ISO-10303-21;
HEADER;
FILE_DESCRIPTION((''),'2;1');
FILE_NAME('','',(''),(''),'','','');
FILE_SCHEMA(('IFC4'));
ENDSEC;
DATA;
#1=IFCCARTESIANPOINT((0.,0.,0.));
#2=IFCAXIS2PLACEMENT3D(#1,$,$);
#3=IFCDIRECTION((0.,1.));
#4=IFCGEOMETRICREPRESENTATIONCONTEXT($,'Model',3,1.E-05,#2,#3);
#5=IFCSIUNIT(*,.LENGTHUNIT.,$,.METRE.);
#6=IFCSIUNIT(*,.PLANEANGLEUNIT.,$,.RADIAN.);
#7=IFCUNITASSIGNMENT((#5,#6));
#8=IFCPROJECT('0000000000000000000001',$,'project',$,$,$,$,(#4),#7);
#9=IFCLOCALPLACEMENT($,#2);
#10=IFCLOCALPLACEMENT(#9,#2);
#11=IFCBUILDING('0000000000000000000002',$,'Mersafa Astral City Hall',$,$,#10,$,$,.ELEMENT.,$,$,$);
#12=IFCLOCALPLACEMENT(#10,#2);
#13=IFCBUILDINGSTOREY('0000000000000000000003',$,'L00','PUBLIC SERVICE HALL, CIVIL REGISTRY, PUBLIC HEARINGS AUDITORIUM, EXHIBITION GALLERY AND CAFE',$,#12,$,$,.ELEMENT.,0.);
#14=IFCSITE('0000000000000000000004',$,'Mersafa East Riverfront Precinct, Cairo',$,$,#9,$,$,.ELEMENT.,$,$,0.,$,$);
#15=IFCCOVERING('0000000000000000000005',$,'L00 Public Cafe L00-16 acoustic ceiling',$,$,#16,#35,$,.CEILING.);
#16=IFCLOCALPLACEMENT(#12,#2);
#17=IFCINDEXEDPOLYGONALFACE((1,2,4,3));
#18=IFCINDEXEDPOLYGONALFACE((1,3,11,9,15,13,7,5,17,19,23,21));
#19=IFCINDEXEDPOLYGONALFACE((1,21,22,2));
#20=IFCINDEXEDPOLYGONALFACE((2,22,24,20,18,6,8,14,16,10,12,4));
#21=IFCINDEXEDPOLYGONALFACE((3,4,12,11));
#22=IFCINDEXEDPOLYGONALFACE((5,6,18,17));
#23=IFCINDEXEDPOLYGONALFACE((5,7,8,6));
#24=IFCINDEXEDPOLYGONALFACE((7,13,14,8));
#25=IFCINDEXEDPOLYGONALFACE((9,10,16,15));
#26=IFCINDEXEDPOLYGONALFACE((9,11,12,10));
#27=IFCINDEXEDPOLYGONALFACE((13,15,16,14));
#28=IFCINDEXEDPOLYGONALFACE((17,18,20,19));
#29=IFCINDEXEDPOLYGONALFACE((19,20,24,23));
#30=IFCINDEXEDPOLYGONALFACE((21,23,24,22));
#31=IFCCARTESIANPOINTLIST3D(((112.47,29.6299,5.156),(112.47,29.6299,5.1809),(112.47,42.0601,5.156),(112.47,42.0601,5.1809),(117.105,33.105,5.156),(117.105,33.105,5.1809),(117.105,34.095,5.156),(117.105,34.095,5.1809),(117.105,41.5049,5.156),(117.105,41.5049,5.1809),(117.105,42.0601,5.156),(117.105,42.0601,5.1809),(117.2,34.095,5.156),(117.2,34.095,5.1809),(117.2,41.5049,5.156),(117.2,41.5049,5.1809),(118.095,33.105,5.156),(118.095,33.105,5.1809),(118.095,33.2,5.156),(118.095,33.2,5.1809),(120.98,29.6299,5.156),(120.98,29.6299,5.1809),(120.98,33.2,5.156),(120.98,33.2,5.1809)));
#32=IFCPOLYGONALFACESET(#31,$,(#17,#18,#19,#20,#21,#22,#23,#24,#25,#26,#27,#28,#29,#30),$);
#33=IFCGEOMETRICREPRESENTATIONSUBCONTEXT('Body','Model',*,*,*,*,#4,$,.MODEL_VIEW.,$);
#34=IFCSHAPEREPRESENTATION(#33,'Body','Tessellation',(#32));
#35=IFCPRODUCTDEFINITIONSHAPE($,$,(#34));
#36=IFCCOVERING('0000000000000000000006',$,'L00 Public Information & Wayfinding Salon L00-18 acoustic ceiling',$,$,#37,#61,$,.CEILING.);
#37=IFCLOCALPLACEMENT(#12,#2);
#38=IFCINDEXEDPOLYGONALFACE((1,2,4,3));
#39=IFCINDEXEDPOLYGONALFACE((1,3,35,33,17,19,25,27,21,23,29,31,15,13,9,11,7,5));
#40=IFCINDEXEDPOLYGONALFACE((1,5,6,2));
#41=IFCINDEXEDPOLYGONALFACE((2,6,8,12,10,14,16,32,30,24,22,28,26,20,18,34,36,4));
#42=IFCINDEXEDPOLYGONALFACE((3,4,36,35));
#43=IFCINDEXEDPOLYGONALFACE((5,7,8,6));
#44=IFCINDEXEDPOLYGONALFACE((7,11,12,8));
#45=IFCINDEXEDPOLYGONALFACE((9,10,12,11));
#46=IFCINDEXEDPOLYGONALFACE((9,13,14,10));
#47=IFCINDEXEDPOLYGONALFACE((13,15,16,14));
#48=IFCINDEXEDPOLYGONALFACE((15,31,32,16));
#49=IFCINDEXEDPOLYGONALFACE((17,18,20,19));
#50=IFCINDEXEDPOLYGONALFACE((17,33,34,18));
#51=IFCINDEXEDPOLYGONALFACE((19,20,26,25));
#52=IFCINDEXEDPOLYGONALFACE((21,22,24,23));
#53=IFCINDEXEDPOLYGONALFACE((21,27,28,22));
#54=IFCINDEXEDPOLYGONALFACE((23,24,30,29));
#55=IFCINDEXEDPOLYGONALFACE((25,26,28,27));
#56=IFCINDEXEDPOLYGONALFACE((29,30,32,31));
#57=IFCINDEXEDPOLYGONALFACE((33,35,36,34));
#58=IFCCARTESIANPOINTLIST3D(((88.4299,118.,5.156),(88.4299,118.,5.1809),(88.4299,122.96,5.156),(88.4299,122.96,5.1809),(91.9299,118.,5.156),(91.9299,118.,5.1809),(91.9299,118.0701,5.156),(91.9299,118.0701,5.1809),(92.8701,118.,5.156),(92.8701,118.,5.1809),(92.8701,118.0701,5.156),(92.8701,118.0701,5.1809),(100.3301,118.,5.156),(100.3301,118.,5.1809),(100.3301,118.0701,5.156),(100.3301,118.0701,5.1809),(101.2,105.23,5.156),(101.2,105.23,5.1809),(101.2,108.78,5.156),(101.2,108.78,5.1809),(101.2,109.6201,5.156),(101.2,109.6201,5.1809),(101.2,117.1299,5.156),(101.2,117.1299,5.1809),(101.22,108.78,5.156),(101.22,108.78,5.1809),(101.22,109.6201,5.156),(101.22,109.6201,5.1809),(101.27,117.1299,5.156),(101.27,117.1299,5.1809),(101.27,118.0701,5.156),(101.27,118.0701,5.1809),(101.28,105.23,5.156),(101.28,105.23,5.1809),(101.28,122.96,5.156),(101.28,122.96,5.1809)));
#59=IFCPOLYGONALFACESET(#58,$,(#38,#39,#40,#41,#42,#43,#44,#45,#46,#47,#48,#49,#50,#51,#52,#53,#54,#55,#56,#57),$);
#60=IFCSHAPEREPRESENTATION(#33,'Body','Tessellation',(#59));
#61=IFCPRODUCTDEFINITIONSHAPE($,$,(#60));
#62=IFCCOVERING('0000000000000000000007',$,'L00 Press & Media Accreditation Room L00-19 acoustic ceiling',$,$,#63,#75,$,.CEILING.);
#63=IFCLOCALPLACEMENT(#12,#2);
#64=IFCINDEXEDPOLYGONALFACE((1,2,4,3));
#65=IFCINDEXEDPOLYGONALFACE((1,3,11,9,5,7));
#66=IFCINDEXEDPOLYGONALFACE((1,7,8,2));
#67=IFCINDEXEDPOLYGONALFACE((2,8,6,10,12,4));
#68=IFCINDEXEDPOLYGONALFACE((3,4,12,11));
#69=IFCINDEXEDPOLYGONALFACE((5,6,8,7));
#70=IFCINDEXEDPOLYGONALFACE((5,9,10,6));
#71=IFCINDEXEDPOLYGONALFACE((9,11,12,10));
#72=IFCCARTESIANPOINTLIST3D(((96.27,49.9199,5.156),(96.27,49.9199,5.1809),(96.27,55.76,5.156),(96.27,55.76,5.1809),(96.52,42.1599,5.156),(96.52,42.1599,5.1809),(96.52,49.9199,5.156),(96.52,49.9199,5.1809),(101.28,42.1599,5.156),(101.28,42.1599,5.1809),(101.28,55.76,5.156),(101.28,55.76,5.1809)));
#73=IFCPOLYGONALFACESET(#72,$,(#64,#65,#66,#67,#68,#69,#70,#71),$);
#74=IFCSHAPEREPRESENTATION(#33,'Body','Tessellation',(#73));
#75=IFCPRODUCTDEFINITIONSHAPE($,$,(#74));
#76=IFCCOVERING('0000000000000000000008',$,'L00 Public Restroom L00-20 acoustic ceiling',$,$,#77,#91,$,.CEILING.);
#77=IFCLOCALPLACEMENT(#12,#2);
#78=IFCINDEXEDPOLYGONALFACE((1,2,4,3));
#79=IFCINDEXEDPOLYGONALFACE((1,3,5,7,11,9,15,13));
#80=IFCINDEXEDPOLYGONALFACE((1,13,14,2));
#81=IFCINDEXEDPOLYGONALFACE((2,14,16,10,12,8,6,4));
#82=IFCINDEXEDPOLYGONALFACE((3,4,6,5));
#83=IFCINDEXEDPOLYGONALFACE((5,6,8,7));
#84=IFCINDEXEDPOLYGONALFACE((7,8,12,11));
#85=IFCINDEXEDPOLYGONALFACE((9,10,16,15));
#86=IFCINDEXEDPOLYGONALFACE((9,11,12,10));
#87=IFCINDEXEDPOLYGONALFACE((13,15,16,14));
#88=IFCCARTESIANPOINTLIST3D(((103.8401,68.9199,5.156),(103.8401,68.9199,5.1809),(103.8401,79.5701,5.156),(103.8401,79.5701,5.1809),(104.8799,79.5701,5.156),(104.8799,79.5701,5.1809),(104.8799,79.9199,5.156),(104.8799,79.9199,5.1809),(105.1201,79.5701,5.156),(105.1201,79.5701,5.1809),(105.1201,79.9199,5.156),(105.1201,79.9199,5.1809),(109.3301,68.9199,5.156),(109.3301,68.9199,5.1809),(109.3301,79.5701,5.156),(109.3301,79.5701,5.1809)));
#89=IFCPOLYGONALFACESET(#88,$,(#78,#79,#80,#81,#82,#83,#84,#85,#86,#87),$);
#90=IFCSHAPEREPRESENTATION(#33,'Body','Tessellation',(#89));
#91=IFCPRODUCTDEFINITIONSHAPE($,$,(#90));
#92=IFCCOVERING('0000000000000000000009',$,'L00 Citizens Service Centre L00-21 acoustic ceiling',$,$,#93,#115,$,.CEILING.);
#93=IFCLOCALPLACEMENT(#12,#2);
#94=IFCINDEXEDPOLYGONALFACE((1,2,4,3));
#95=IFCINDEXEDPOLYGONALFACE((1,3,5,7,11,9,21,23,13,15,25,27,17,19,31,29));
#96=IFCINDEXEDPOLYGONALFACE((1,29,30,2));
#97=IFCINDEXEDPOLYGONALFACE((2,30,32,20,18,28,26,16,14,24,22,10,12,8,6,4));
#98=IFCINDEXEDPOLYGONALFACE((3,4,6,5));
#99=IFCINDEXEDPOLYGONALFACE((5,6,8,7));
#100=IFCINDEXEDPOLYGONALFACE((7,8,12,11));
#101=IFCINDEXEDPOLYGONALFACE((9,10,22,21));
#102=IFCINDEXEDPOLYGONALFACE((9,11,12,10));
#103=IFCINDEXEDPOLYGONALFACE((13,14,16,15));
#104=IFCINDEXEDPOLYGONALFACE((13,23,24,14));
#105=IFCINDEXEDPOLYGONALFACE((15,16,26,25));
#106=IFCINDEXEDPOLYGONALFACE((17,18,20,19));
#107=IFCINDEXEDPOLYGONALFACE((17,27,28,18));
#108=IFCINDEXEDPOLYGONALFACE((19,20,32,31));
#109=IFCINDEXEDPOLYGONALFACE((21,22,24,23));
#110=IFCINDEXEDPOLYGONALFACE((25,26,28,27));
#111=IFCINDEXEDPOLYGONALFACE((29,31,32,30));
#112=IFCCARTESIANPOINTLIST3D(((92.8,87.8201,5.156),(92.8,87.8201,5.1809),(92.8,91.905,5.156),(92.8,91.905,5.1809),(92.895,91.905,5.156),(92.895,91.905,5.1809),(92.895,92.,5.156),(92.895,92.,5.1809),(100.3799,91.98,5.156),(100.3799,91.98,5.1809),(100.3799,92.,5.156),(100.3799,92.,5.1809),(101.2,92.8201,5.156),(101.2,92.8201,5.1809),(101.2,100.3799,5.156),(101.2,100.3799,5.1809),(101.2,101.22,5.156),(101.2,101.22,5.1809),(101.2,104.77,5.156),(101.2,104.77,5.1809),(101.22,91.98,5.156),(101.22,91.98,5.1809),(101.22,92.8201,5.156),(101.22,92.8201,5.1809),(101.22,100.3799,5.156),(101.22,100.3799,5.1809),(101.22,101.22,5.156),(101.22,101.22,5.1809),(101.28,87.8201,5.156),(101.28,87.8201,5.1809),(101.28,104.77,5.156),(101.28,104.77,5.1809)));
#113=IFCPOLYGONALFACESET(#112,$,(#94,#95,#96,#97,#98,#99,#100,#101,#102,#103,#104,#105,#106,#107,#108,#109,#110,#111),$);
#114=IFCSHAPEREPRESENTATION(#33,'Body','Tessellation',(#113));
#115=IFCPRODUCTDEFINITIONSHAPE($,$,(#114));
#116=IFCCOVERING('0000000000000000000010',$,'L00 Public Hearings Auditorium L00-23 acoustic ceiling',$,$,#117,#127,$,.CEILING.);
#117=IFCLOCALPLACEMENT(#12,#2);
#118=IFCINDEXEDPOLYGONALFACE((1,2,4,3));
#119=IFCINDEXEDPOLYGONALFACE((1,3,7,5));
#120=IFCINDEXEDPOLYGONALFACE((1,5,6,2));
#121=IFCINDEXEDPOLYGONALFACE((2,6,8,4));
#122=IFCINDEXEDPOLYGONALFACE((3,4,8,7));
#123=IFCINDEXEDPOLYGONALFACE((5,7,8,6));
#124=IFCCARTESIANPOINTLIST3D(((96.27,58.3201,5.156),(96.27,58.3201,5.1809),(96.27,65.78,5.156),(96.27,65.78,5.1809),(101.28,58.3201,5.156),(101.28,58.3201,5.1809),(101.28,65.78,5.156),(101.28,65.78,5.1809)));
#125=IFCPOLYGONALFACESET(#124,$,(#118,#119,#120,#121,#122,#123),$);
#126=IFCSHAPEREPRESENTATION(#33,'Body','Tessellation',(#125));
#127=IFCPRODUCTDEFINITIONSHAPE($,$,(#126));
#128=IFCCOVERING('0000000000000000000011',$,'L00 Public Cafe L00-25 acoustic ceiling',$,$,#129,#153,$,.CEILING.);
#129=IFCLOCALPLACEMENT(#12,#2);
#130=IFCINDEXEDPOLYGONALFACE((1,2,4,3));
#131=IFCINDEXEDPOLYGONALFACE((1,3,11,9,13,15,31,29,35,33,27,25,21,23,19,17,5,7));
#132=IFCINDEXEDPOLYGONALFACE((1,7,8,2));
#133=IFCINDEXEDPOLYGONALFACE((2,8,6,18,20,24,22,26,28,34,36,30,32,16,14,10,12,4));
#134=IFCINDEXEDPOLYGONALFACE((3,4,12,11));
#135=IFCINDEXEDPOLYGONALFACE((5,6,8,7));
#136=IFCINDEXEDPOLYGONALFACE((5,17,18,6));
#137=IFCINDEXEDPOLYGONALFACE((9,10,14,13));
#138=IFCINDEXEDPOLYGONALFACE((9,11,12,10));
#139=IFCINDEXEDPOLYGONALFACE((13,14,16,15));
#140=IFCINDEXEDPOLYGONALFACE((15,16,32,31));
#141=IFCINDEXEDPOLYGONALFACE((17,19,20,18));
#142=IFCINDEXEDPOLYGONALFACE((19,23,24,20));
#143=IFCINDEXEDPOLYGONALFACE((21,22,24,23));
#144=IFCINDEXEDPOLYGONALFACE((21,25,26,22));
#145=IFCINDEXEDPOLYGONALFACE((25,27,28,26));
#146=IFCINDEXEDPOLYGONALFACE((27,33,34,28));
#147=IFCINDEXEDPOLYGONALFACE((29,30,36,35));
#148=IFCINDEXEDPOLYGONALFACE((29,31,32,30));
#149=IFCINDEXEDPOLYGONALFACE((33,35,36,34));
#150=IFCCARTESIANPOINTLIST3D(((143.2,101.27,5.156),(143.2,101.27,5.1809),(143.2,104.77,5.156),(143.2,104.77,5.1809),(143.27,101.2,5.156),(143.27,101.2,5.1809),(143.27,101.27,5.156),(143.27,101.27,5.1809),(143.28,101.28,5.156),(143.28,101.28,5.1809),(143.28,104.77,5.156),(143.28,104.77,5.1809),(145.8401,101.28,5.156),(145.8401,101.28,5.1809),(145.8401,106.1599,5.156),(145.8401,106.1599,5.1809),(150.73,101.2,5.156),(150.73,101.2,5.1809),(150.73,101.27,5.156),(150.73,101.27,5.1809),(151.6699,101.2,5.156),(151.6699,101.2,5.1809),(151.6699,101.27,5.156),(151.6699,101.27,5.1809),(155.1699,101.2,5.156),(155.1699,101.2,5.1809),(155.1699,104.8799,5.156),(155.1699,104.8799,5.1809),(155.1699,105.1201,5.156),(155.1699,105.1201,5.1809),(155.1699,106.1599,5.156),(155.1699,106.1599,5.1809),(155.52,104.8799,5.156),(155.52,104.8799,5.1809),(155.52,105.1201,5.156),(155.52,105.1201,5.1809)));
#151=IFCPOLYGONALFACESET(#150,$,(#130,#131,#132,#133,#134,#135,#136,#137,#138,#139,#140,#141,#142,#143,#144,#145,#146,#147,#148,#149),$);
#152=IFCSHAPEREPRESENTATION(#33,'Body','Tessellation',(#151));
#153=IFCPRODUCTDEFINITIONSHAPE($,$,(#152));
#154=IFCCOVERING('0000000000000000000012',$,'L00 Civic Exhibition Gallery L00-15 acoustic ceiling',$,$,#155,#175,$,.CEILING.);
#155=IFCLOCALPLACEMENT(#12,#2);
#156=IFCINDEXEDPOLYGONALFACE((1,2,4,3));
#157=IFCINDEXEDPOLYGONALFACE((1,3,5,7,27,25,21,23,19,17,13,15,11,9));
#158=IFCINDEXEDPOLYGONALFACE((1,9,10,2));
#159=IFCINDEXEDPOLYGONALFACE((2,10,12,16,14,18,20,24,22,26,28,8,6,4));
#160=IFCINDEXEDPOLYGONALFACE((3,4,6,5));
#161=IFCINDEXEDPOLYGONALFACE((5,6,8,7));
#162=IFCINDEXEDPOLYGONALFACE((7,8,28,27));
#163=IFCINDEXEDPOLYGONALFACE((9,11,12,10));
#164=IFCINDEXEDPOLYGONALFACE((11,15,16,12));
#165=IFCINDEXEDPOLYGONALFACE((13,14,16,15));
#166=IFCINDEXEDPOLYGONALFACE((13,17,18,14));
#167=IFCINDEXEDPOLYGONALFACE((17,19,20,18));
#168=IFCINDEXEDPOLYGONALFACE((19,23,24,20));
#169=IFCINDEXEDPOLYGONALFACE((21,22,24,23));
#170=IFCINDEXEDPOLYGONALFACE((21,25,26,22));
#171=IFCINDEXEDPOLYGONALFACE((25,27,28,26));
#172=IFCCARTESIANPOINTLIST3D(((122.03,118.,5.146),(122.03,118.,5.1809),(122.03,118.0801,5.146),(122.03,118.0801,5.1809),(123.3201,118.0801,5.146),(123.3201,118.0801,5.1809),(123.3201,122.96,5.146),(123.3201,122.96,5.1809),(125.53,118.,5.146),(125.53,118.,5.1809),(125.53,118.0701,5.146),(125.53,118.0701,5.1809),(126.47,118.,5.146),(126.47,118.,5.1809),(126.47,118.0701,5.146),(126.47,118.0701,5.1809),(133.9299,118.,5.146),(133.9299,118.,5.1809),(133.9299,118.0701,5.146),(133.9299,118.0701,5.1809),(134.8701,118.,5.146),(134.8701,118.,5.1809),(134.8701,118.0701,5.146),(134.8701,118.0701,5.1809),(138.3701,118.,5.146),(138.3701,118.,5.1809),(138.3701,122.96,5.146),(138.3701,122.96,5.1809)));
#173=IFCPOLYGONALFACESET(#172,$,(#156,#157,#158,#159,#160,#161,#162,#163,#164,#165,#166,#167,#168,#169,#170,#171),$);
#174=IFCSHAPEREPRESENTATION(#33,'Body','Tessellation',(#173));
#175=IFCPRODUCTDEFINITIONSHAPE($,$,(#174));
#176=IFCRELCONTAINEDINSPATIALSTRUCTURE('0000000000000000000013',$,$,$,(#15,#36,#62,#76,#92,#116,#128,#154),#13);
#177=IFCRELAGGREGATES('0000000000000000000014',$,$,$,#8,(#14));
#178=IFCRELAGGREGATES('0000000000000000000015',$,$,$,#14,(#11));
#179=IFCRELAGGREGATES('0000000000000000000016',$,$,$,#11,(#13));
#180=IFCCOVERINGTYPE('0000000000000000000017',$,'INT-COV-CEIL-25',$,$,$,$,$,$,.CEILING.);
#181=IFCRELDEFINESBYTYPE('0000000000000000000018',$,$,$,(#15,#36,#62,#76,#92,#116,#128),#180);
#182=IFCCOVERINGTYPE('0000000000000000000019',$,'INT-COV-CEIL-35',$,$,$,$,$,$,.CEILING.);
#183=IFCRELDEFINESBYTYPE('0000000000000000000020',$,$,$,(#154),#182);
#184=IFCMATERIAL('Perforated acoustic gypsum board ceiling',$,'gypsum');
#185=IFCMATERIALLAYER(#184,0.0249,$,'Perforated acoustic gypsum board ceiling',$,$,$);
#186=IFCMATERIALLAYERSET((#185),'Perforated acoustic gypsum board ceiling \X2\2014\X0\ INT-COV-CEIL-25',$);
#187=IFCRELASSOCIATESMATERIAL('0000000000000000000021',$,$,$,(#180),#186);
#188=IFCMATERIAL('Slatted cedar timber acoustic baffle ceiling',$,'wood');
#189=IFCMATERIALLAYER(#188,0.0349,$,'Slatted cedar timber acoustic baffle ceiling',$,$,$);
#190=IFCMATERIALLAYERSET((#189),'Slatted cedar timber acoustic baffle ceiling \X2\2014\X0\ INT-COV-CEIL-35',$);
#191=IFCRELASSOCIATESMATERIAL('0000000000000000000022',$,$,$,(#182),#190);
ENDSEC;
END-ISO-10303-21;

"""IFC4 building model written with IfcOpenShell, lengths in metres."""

from ifc_helpers import new_model, si_unit, direction, frame, origin, place, context, subcontext, project, spatial, polyline, outline, extrude, material, layer, layer_set, type_object, element, save


model = new_model("IFC4")

# Units and contexts
model_context = context("Model", 3, precision=1e-05, world=origin(), true_north=direction((0.0, 1.0)))
body_context = subcontext(model_context, "Body", "Model", "MODEL_VIEW")
ifc_project = project(units=[si_unit("LENGTHUNIT", "METRE"), si_unit("PLANEANGLEUNIT", "RADIAN")], contexts=[model_context])

# Site, building, storey
site_placement = place(None, origin())
site = spatial("IfcSite", under=ifc_project, at=site_placement, Name="Mersafa East Riverfront Precinct, Cairo", CompositionType="ELEMENT", RefElevation=0.0)
building_placement = place(site_placement, origin())
building = spatial("IfcBuilding", under=site, at=building_placement, Name="Mersafa Astral City Hall", CompositionType="ELEMENT")
storey_placement = place(building_placement, origin())
storey = spatial("IfcBuildingStorey", under=building, at=storey_placement, Name="L00", Description="PUBLIC SERVICE HALL, CIVIL REGISTRY, PUBLIC HEARINGS AUDITORIUM, EXHIBITION GALLERY AND CAFE", CompositionType="ELEMENT", Elevation=0.0)

# Coverings
ifc_material_1 = material(Name="Perforated acoustic gypsum board ceiling", Category="gypsum")
ifc_layer_1 = layer(ifc_material_1, 0.0249, Name="Perforated acoustic gypsum board ceiling")
ifc_layer_set_1 = layer_set([ifc_layer_1], Name="Perforated acoustic gypsum board ceiling — INT-COV-CEIL-25")
covering_type_1 = type_object("IfcCoveringType", Name="INT-COV-CEIL-25", PredefinedType="CEILING", material=ifc_layer_set_1)
covering_1_placement = place(storey_placement, frame((0.0, 0.0, 5.156)))
element("IfcCovering", 1, at=covering_1_placement, inside=storey, type_object=covering_type_1, Name="L00 Public Cafe L00-16 acoustic ceiling", PredefinedType="CEILING", context=body_context, shape_type="SweptSolid", body=[
    extrude(outline(polyline([(117.105, 42.0601), (117.105, 41.5049), (117.2, 41.5049), (117.2, 34.095), (117.105, 34.095), (117.105, 33.105), (118.095, 33.105), (118.095, 33.2), (120.98, 33.2), (120.98, 29.6299), (112.47, 29.6299), (112.47, 42.0601), (117.105, 42.0601)])), origin(), (0.0, 0.0, 1.0), 0.0249),
])
covering_2_placement = place(storey_placement, frame((0.0, 0.0, 5.156)))
element("IfcCovering", 2, at=covering_2_placement, inside=storey, type_object=covering_type_1, Name="L00 Public Information & Wayfinding Salon L00-18 acoustic ceiling", PredefinedType="CEILING", context=body_context, shape_type="SweptSolid", body=[
    extrude(outline(polyline([(88.4299, 118.0), (88.4299, 122.96), (101.28, 122.96), (101.28, 105.23), (101.2, 105.23), (101.2, 108.78), (101.22, 108.78), (101.22, 109.6201), (101.2, 109.6201), (101.2, 117.1299), (101.27, 117.1299), (101.27, 118.0701), (100.3301, 118.0701), (100.3301, 118.0), (92.8701, 118.0), (92.8701, 118.0701), (91.9299, 118.0701), (91.9299, 118.0), (88.4299, 118.0)])), origin(), (0.0, 0.0, 1.0), 0.0249),
])
covering_3_placement = place(storey_placement, frame((0.0, 0.0, 5.156)))
element("IfcCovering", 3, at=covering_3_placement, inside=storey, type_object=covering_type_1, Name="L00 Press & Media Accreditation Room L00-19 acoustic ceiling", PredefinedType="CEILING", context=body_context, shape_type="SweptSolid", body=[
    extrude(outline(polyline([(101.28, 42.1599), (96.52, 42.1599), (96.52, 49.9199), (96.27, 49.9199), (96.27, 55.76), (101.28, 55.76), (101.28, 42.1599)])), origin(), (0.0, 0.0, 1.0), 0.0249),
])
covering_4_placement = place(storey_placement, frame((0.0, 0.0, 5.156)))
element("IfcCovering", 4, at=covering_4_placement, inside=storey, type_object=covering_type_1, Name="L00 Public Restroom L00-20 acoustic ceiling", PredefinedType="CEILING", context=body_context, shape_type="SweptSolid", body=[
    extrude(outline(polyline([(105.1201, 79.5701), (109.3301, 79.5701), (109.3301, 68.9199), (103.8401, 68.9199), (103.8401, 79.5701), (104.8799, 79.5701), (104.8799, 79.9199), (105.1201, 79.9199), (105.1201, 79.5701)])), origin(), (0.0, 0.0, 1.0), 0.0249),
])
covering_5_placement = place(storey_placement, frame((0.0, 0.0, 5.156)))
element("IfcCovering", 5, at=covering_5_placement, inside=storey, type_object=covering_type_1, Name="L00 Citizens Service Centre L00-21 acoustic ceiling", PredefinedType="CEILING", context=body_context, shape_type="SweptSolid", body=[
    extrude(outline(polyline([(92.895, 91.905), (92.895, 92.0), (100.3799, 92.0), (100.3799, 91.98), (101.22, 91.98), (101.22, 92.8201), (101.2, 92.8201), (101.2, 100.3799), (101.22, 100.3799), (101.22, 101.22), (101.2, 101.22), (101.2, 104.77), (101.28, 104.77), (101.28, 87.8201), (92.8, 87.8201), (92.8, 91.905), (92.895, 91.905)])), origin(), (0.0, 0.0, 1.0), 0.0249),
])
covering_6_placement = place(storey_placement, frame((0.0, 0.0, 5.156)))
element("IfcCovering", 6, at=covering_6_placement, inside=storey, type_object=covering_type_1, Name="L00 Public Hearings Auditorium L00-23 acoustic ceiling", PredefinedType="CEILING", context=body_context, shape_type="SweptSolid", body=[
    extrude(outline(polyline([(96.27, 65.78), (101.28, 65.78), (101.28, 58.3201), (96.27, 58.3201), (96.27, 65.78)])), origin(), (0.0, 0.0, 1.0), 0.0249),
])
covering_7_placement = place(storey_placement, frame((0.0, 0.0, 5.156)))
element("IfcCovering", 7, at=covering_7_placement, inside=storey, type_object=covering_type_1, Name="L00 Public Cafe L00-25 acoustic ceiling", PredefinedType="CEILING", context=body_context, shape_type="SweptSolid", body=[
    extrude(outline(polyline([(143.27, 101.27), (143.2, 101.27), (143.2, 104.77), (143.28, 104.77), (143.28, 101.28), (145.8401, 101.28), (145.8401, 106.1599), (155.1699, 106.1599), (155.1699, 105.1201), (155.52, 105.1201), (155.52, 104.8799), (155.1699, 104.8799), (155.1699, 101.2), (151.6699, 101.2), (151.6699, 101.27), (150.73, 101.27), (150.73, 101.2), (143.27, 101.2), (143.27, 101.27)])), origin(), (0.0, 0.0, 1.0), 0.0249),
])
ifc_material_2 = material(Name="Slatted cedar timber acoustic baffle ceiling", Category="wood")
ifc_layer_2 = layer(ifc_material_2, 0.0349, Name="Slatted cedar timber acoustic baffle ceiling")
ifc_layer_set_2 = layer_set([ifc_layer_2], Name="Slatted cedar timber acoustic baffle ceiling — INT-COV-CEIL-35")
covering_type_2 = type_object("IfcCoveringType", Name="INT-COV-CEIL-35", PredefinedType="CEILING", material=ifc_layer_set_2)
covering_8_placement = place(storey_placement, frame((0.0, 0.0, 5.146)))
element("IfcCovering", 8, at=covering_8_placement, inside=storey, type_object=covering_type_2, Name="L00 Civic Exhibition Gallery L00-15 acoustic ceiling", PredefinedType="CEILING", context=body_context, shape_type="SweptSolid", body=[
    extrude(outline(polyline([(138.3701, 122.96), (138.3701, 118.0), (134.8701, 118.0), (134.8701, 118.0701), (133.9299, 118.0701), (133.9299, 118.0), (126.47, 118.0), (126.47, 118.0701), (125.53, 118.0701), (125.53, 118.0), (122.03, 118.0), (122.03, 118.0801), (123.3201, 118.0801), (123.3201, 122.96), (138.3701, 122.96)])), origin(), (0.0, 0.0, 1.0), 0.0349),
])

save(model, "model.ifc")
